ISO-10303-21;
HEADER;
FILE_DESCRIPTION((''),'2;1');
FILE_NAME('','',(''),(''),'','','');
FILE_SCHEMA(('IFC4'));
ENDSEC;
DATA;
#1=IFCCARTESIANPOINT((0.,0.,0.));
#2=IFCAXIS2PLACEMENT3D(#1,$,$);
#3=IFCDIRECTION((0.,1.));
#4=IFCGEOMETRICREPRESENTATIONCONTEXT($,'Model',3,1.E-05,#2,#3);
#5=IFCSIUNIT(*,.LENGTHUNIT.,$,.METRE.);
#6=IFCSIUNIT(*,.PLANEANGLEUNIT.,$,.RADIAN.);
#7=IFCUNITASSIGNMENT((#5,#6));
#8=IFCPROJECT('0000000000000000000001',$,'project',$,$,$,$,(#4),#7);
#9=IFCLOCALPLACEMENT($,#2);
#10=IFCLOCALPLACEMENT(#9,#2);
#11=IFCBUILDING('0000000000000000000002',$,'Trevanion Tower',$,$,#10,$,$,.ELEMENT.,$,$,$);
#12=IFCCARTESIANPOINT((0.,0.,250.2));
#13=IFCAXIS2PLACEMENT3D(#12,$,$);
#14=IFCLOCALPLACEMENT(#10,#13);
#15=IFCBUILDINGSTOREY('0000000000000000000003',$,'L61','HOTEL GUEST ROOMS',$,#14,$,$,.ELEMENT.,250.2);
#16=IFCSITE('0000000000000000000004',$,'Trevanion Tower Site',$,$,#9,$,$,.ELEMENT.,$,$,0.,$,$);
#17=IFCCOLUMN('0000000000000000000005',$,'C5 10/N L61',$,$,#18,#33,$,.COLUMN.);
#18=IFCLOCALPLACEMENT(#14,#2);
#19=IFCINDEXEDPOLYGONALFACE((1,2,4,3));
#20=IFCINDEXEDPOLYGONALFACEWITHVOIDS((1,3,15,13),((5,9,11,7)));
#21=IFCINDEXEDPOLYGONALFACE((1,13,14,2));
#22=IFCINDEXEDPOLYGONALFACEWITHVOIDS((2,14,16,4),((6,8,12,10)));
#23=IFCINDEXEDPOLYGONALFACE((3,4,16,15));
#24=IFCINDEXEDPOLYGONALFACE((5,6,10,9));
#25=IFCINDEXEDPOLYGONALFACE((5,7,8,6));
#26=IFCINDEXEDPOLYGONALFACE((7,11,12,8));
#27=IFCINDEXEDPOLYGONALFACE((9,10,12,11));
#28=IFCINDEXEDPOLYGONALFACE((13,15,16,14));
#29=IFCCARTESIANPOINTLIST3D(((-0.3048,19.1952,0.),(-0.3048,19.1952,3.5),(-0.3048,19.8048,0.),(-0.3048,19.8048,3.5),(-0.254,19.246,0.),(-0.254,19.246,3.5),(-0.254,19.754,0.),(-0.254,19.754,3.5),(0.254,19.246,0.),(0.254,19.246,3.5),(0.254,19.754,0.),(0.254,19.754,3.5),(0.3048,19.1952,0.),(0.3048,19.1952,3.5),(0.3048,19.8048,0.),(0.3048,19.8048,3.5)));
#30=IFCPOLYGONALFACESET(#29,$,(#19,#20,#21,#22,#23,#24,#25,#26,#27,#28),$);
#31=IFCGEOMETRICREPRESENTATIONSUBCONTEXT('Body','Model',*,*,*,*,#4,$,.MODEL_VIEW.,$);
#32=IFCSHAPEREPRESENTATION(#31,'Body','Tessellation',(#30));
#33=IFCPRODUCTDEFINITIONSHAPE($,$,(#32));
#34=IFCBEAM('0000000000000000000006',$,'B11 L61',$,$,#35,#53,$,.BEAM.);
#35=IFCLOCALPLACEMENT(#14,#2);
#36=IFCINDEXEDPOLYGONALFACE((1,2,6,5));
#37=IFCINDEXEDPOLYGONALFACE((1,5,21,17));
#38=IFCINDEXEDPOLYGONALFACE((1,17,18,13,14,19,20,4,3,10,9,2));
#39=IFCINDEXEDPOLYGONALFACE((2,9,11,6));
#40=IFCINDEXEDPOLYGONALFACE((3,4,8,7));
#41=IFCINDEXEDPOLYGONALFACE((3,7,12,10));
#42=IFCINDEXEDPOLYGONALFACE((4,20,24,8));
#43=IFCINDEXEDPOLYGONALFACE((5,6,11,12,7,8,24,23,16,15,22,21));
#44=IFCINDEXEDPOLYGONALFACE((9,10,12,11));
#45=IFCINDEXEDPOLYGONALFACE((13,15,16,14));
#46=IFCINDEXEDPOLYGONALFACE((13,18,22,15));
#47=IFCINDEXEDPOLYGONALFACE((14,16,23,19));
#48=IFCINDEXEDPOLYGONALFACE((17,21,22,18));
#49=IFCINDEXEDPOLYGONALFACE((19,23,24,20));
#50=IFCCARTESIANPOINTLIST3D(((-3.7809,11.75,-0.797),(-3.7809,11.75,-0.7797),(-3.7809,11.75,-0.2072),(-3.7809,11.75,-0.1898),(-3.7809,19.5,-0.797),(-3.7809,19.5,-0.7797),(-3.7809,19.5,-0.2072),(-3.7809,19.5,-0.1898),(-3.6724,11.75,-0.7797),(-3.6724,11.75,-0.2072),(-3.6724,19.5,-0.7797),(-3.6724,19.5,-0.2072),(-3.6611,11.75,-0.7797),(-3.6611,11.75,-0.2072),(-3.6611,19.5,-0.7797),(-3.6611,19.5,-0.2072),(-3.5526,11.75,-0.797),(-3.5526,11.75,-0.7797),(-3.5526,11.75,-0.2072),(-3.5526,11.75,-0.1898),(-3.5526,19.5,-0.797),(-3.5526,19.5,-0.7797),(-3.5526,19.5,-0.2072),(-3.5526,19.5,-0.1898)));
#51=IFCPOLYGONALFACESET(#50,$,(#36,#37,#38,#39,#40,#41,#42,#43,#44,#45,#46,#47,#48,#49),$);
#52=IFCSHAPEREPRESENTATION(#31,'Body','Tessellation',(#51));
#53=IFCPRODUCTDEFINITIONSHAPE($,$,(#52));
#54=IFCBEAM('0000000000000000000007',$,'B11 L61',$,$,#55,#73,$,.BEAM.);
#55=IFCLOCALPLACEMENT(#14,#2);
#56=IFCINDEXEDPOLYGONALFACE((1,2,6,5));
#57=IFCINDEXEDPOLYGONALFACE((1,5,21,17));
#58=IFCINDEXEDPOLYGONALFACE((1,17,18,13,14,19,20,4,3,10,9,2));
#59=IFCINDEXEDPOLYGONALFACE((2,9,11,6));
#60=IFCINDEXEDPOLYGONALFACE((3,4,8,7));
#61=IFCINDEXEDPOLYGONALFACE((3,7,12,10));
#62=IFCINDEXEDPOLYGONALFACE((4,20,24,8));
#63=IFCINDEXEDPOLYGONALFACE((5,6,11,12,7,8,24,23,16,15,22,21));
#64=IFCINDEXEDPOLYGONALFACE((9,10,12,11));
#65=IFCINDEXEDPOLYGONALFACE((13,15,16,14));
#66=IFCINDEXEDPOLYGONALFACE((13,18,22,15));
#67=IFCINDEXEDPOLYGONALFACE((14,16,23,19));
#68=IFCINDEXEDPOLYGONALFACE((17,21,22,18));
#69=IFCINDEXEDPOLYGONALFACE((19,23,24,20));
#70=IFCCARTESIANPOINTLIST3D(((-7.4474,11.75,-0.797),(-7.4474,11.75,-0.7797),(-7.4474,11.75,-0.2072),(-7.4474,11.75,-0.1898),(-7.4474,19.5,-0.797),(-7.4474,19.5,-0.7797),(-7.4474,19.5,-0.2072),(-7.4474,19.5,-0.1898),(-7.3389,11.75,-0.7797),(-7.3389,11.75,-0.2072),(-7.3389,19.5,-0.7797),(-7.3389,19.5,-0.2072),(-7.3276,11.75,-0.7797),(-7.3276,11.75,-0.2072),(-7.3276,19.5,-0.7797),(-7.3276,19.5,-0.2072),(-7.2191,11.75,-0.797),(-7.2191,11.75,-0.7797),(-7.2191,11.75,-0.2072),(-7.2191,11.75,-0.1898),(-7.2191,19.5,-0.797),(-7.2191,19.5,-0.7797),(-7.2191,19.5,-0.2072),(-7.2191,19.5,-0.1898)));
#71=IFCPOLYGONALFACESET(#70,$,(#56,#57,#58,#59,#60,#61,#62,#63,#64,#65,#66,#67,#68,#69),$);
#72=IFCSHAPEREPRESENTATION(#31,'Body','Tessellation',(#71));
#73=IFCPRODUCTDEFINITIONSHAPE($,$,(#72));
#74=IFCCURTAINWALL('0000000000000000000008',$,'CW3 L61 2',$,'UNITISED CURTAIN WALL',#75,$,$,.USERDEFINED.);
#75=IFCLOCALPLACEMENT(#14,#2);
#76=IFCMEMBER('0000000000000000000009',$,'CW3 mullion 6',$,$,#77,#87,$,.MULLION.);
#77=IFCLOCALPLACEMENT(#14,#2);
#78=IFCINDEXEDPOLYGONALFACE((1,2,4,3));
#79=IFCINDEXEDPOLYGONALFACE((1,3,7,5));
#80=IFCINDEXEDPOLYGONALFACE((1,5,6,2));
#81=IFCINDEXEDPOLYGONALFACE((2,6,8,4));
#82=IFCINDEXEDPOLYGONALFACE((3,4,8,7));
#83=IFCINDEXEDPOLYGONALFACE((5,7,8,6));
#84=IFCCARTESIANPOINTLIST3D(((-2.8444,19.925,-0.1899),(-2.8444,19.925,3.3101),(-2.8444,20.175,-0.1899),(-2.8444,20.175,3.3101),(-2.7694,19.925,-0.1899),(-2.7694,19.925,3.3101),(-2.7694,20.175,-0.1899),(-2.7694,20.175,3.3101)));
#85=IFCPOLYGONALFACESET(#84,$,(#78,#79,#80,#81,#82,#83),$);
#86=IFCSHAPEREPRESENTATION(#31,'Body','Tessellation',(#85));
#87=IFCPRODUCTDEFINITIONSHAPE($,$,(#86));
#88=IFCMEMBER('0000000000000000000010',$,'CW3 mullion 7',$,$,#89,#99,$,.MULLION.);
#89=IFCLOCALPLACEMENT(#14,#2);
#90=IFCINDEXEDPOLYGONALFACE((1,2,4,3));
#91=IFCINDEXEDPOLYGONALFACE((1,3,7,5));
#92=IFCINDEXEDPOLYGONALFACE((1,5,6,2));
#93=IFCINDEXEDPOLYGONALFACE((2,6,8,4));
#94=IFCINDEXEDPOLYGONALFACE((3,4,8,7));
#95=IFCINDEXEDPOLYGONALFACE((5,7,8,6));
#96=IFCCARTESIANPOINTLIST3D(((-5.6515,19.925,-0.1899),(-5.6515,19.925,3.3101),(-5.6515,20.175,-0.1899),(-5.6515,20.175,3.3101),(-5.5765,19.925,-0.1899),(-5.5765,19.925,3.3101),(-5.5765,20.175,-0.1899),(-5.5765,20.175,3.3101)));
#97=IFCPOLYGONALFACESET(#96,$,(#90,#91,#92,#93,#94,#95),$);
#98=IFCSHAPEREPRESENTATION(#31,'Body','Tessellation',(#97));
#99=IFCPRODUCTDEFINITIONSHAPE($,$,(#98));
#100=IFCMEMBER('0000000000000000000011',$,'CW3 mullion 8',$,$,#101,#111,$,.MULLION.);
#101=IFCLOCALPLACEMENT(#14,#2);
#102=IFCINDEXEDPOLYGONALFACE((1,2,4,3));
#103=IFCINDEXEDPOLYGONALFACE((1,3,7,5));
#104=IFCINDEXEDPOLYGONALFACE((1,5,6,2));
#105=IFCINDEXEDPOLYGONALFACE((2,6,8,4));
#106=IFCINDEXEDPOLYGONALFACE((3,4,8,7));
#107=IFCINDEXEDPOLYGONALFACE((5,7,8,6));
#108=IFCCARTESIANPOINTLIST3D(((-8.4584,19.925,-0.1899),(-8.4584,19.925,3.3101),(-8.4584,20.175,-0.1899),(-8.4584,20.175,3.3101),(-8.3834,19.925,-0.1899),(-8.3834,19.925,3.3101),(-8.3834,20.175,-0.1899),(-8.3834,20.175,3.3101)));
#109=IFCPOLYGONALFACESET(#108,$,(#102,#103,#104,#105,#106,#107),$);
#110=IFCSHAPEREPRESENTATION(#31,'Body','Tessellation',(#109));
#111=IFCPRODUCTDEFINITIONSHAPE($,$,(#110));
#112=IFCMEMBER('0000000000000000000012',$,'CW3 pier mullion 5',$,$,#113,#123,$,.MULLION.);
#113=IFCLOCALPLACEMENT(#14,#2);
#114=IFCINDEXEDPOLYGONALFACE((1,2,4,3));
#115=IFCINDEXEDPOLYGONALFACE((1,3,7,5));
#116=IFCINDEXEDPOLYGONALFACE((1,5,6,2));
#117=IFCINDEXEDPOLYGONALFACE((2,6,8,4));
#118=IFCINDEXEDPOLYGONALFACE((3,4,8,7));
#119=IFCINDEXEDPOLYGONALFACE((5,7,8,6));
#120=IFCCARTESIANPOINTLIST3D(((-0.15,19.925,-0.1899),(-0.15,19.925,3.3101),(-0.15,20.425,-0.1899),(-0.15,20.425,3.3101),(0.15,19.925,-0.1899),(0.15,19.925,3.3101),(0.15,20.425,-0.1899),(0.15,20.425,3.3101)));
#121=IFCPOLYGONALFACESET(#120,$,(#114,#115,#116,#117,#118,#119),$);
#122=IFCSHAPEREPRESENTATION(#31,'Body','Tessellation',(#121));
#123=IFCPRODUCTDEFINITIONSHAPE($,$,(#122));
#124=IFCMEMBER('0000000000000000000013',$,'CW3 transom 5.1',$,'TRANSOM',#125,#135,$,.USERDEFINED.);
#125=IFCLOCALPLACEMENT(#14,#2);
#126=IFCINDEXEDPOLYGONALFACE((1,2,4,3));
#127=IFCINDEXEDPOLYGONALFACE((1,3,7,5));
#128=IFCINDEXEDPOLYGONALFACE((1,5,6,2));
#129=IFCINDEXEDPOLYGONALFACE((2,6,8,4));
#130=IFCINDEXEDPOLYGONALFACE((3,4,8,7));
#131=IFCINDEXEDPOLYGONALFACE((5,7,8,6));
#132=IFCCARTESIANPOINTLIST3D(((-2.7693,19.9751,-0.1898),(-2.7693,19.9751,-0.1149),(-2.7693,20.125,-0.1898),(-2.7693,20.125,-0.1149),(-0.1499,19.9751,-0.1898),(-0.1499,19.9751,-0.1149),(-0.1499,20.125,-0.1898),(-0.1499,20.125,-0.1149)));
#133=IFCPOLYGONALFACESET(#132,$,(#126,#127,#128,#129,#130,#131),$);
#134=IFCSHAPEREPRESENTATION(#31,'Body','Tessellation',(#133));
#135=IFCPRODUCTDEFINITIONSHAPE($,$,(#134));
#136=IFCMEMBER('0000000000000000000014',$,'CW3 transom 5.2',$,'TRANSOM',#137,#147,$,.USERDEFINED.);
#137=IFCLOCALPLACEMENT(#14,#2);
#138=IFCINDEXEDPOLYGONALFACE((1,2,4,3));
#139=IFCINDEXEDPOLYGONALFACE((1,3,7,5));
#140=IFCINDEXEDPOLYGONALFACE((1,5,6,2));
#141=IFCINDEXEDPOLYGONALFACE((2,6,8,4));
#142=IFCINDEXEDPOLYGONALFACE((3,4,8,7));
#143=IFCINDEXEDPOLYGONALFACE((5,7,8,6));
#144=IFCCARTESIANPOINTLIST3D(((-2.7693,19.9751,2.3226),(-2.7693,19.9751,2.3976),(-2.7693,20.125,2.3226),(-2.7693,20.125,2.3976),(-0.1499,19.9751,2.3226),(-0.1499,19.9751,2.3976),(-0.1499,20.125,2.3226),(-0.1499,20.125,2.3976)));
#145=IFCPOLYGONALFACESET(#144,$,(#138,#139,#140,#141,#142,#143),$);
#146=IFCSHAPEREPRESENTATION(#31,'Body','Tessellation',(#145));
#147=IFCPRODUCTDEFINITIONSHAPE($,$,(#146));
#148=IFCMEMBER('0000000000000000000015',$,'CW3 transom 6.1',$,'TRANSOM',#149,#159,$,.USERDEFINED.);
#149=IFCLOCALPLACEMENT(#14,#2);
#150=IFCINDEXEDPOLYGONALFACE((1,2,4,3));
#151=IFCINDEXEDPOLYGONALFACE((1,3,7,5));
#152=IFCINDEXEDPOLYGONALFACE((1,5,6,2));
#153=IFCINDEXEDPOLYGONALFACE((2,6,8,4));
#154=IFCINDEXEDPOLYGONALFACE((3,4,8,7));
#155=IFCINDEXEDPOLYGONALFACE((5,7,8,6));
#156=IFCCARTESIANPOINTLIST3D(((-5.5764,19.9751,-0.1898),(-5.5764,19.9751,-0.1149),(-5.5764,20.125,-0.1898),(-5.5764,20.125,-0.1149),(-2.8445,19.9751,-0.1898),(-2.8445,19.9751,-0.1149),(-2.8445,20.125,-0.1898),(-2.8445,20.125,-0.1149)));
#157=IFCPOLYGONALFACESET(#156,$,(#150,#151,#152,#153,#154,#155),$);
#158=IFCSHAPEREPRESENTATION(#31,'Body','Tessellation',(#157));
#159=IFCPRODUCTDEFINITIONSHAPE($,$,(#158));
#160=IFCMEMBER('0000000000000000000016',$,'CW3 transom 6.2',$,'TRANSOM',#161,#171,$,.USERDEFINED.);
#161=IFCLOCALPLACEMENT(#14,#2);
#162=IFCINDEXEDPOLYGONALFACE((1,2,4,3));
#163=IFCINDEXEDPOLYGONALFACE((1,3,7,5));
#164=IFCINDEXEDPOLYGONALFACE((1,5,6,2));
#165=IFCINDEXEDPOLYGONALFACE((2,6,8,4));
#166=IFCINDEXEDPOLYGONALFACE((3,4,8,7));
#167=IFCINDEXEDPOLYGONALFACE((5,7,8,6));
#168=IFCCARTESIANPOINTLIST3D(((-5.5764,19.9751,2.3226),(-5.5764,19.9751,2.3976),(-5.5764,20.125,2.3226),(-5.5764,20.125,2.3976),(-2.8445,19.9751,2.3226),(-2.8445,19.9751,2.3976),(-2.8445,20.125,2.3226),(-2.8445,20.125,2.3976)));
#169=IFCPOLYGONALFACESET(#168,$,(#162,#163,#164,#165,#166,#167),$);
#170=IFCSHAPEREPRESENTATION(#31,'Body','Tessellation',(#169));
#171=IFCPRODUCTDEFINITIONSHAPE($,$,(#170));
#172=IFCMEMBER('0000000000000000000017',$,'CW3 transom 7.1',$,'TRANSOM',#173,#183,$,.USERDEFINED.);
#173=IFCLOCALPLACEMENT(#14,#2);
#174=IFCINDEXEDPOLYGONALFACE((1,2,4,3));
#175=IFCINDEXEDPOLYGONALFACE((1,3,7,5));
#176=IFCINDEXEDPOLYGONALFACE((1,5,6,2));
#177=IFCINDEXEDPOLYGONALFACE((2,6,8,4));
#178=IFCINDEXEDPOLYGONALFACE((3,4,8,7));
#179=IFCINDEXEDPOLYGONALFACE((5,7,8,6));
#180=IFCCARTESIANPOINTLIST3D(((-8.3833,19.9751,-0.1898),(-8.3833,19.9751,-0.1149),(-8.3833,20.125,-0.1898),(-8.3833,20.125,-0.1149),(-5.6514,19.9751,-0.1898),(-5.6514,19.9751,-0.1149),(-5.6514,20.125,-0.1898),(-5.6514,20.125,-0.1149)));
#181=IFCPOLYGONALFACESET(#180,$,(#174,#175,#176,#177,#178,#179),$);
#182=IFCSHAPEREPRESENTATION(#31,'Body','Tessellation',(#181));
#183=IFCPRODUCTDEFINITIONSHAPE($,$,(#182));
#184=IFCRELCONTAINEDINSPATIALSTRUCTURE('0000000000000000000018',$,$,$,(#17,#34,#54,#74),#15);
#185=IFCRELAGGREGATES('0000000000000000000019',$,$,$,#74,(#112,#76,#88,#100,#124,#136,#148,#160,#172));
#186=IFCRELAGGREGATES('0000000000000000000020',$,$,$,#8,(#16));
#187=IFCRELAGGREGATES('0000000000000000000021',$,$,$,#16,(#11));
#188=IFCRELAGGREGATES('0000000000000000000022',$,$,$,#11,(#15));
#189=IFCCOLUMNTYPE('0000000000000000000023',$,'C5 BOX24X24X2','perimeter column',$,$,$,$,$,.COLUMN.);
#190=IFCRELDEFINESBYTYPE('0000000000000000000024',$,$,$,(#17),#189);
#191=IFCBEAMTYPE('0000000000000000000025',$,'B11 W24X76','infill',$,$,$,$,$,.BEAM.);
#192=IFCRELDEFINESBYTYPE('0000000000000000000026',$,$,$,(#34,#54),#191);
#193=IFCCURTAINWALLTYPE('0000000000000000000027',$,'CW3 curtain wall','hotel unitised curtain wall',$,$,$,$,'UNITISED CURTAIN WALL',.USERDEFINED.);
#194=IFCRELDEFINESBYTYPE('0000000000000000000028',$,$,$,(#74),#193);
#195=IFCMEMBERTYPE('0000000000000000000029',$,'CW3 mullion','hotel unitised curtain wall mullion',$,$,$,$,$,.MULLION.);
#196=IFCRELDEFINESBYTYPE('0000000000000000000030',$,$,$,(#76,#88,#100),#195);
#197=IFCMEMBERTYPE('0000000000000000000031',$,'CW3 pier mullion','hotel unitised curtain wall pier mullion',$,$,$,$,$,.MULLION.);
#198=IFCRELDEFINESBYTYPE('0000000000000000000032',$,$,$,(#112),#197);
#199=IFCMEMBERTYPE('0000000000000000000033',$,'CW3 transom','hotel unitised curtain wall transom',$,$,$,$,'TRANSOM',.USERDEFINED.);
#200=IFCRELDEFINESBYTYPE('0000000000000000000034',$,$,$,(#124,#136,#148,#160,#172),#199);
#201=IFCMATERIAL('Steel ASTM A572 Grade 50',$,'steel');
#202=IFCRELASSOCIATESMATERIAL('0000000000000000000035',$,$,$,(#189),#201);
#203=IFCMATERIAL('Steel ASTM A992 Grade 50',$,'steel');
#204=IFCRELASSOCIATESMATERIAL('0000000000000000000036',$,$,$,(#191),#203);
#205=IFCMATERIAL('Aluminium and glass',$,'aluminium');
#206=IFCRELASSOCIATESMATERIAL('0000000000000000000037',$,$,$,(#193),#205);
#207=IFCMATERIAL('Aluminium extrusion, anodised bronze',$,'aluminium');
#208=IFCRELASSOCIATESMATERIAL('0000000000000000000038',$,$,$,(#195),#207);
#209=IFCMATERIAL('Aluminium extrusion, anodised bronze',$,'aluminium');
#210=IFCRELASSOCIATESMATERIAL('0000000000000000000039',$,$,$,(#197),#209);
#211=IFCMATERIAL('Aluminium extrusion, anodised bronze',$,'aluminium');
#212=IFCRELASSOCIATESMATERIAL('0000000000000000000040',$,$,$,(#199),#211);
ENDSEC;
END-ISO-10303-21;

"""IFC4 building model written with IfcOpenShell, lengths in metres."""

from ifc_helpers import new_model, si_unit, direction, frame, origin, origin_2d, place, context, subcontext, project, spatial, rectangle, hollow_rectangle, i_section, extrude, material, material_profile, profile_set, type_object, element, aggregate, save


model = new_model("IFC4")

# Units and contexts
model_context = context("Model", 3, precision=1e-05, world=origin(), true_north=direction((0.0, 1.0)))
body_context = subcontext(model_context, "Body", "Model", "MODEL_VIEW")
ifc_project = project(units=[si_unit("LENGTHUNIT", "METRE"), si_unit("PLANEANGLEUNIT", "RADIAN")], contexts=[model_context])

# Site, building, storey
site_placement = place(None, origin())
site = spatial("IfcSite", under=ifc_project, at=site_placement, Name="Trevanion Tower Site", CompositionType="ELEMENT", RefElevation=0.0)
building_placement = place(site_placement, origin())
building = spatial("IfcBuilding", under=site, at=building_placement, Name="Trevanion Tower", CompositionType="ELEMENT")
storey_placement = place(building_placement, frame((0.0, 0.0, 250.2)))
storey = spatial("IfcBuildingStorey", under=building, at=storey_placement, Name="L61", Description="HOTEL GUEST ROOMS", CompositionType="ELEMENT", Elevation=250.2)

# Column
ifc_material_1 = material(Name="Steel ASTM A572 Grade 50", Category="steel")
ifc_material_profile_1 = material_profile(ifc_material_1, hollow_rectangle(XDim=0.6096, YDim=0.6096, WallThickness=0.0508, at=origin_2d()), Name="BOX24X24X2")
ifc_profile_set_1 = profile_set([ifc_material_profile_1], Name="Steel ASTM A572 Grade 50")
column_type = type_object("IfcColumnType", Name="C5 BOX24X24X2", Description="perimeter column", PredefinedType="COLUMN", material=ifc_profile_set_1)
column_placement = place(storey_placement, frame((0.0, 19.5, 0.0), z_axis=(0.0, 0.0, 1.0), x_axis=(1.0, 0.0, 0.0)))
element("IfcColumn", 1, at=column_placement, inside=storey, type_object=column_type, Name="C5 10/N L61", PredefinedType="COLUMN", context=body_context, shape_type="SweptSolid", body=[
    extrude(hollow_rectangle(XDim=0.6096, YDim=0.6096, WallThickness=0.0508, at=origin_2d()), origin(), (0.0, 0.0, 1.0), 3.5),
])

# Beams
ifc_material_2 = material(Name="Steel ASTM A992 Grade 50", Category="steel")
ifc_material_profile_2 = material_profile(ifc_material_2, i_section(OverallWidth=0.2283, OverallDepth=0.6072, WebThickness=0.0112, FlangeThickness=0.0173, at=origin_2d()), Name="W24X76")
ifc_profile_set_2 = profile_set([ifc_material_profile_2], Name="Steel ASTM A992 Grade 50")
beam_type_1 = type_object("IfcBeamType", Name="B11 W24X76", Description="infill", PredefinedType="BEAM", material=ifc_profile_set_2)
for number, where, z_axis, x_axis, name in (
    (2, (-3.6667, 11.75, -0.4934), (0.0, 1.0, 0.0), (-1.0, 0.0, 0.0), "B11 L61"),
    (3, (-7.3333, 11.75, -0.4934), (0.0, 1.0, 0.0), (-1.0, 0.0, 0.0), "B11 L61"),
):
    element("IfcBeam", number, at=place(storey_placement, frame(where, z_axis=z_axis, x_axis=x_axis)), inside=storey, type_object=beam_type_1, Name=name, PredefinedType="BEAM", context=body_context, shape_type="SweptSolid", body=[
        extrude(i_section(OverallWidth=0.2283, OverallDepth=0.6072, WebThickness=0.0112, FlangeThickness=0.0173, at=origin_2d()), origin(), (0.0, 0.0, 1.0), 7.75),
    ])

# Curtain wall, members
ifc_material_3 = material(Name="Aluminium and glass", Category="aluminium")
curtain_wall_type = type_object("IfcCurtainWallType", Name="CW3 curtain wall", Description="hotel unitised curtain wall", ElementType="UNITISED CURTAIN WALL", PredefinedType="USERDEFINED", material=ifc_material_3)
curtain_wall_placement = place(storey_placement, origin())
curtain_wall = element("IfcCurtainWall", 4, at=curtain_wall_placement, inside=storey, type_object=curtain_wall_type, Name="CW3 L61 2", ObjectType="UNITISED CURTAIN WALL", PredefinedType="USERDEFINED")
ifc_material_4 = material(Name="Aluminium extrusion, anodised bronze", Category="aluminium")
ifc_material_profile_3 = material_profile(ifc_material_4, rectangle(XDim=0.075, YDim=0.25, at=origin_2d()), Name="CW3 mullion")
ifc_profile_set_3 = profile_set([ifc_material_profile_3], Name="Aluminium extrusion, anodised bronze")
member_type_1 = type_object("IfcMemberType", Name="CW3 mullion", Description="hotel unitised curtain wall mullion", PredefinedType="MULLION", material=ifc_profile_set_3)
member_1_placement = place(storey_placement, frame((-2.8069, 20.05, -0.1899), z_axis=(0.0, 0.0, 1.0), x_axis=(-1.0, 0.0, 0.0)))
member_1 = element("IfcMember", 5, at=member_1_placement, type_object=member_type_1, Name="CW3 mullion 6", PredefinedType="MULLION", context=body_context, shape_type="SweptSolid", body=[
    extrude(rectangle(XDim=0.075, YDim=0.25, at=origin_2d()), origin(), (0.0, 0.0, 1.0), 3.5),
])
member_2_placement = place(storey_placement, frame((-5.614, 20.05, -0.1899), z_axis=(0.0, 0.0, 1.0), x_axis=(-1.0, 0.0, 0.0)))
member_2 = element("IfcMember", 6, at=member_2_placement, type_object=member_type_1, Name="CW3 mullion 7", PredefinedType="MULLION", context=body_context, shape_type="SweptSolid", body=[
    extrude(rectangle(XDim=0.075, YDim=0.25, at=origin_2d()), origin(), (0.0, 0.0, 1.0), 3.5),
])
member_3_placement = place(storey_placement, frame((-8.4209, 20.05, -0.1899), z_axis=(0.0, 0.0, 1.0), x_axis=(-1.0, 0.0, 0.0)))
member_3 = element("IfcMember", 7, at=member_3_placement, type_object=member_type_1, Name="CW3 mullion 8", PredefinedType="MULLION", context=body_context, shape_type="SweptSolid", body=[
    extrude(rectangle(XDim=0.075, YDim=0.25, at=origin_2d()), origin(), (0.0, 0.0, 1.0), 3.5),
])
ifc_material_5 = material(Name="Aluminium extrusion, anodised bronze", Category="aluminium")
ifc_material_profile_4 = material_profile(ifc_material_5, rectangle(XDim=0.3, YDim=0.5, at=origin_2d()), Name="CW3 pier mullion")
ifc_profile_set_4 = profile_set([ifc_material_profile_4], Name="Aluminium extrusion, anodised bronze")
member_type_2 = type_object("IfcMemberType", Name="CW3 pier mullion", Description="hotel unitised curtain wall pier mullion", PredefinedType="MULLION", material=ifc_profile_set_4)
member_4_placement = place(storey_placement, frame((0.0, 20.175, -0.1899), z_axis=(0.0, 0.0, 1.0), x_axis=(-1.0, 0.0, 0.0)))
member_4 = element("IfcMember", 8, at=member_4_placement, type_object=member_type_2, Name="CW3 pier mullion 5", PredefinedType="MULLION", context=body_context, shape_type="SweptSolid", body=[
    extrude(rectangle(XDim=0.3, YDim=0.5, at=origin_2d()), origin(), (0.0, 0.0, 1.0), 3.5),
])
ifc_material_6 = material(Name="Aluminium extrusion, anodised bronze", Category="aluminium")
ifc_material_profile_5 = material_profile(ifc_material_6, rectangle(XDim=0.1499, YDim=0.075, at=origin_2d()), Name="CW3 transom")
ifc_profile_set_5 = profile_set([ifc_material_profile_5], Name="Aluminium extrusion, anodised bronze")
member_type_3 = type_object("IfcMemberType", Name="CW3 transom", Description="hotel unitised curtain wall transom", ElementType="TRANSOM", PredefinedType="USERDEFINED", material=ifc_profile_set_5)
member_5_placement = place(storey_placement, frame((-0.1499, 20.05, -0.1523), z_axis=(-1.0, 0.0, 0.0), x_axis=(0.0, -1.0, 0.0)))
member_5 = element("IfcMember", 9, at=member_5_placement, type_object=member_type_3, Name="CW3 transom 5.1", ObjectType="TRANSOM", PredefinedType="USERDEFINED", context=body_context, shape_type="SweptSolid", body=[
    extrude(rectangle(XDim=0.1499, YDim=0.075, at=origin_2d()), origin(), (0.0, 0.0, 1.0), 2.6194),
])
member_6_placement = place(storey_placement, frame((-0.1499, 20.05, 2.3601), z_axis=(-1.0, 0.0, 0.0), x_axis=(0.0, -1.0, 0.0)))
member_6 = element("IfcMember", 10, at=member_6_placement, type_object=member_type_3, Name="CW3 transom 5.2", ObjectType="TRANSOM", PredefinedType="USERDEFINED", context=body_context, shape_type="SweptSolid", body=[
    extrude(rectangle(XDim=0.1499, YDim=0.075, at=origin_2d()), origin(), (0.0, 0.0, 1.0), 2.6194),
])
member_7_placement = place(storey_placement, frame((-2.8445, 20.05, -0.1523), z_axis=(-1.0, 0.0, 0.0), x_axis=(0.0, -1.0, 0.0)))
member_7 = element("IfcMember", 11, at=member_7_placement, type_object=member_type_3, Name="CW3 transom 6.1", ObjectType="TRANSOM", PredefinedType="USERDEFINED", context=body_context, shape_type="SweptSolid", body=[
    extrude(rectangle(XDim=0.1499, YDim=0.075, at=origin_2d()), origin(), (0.0, 0.0, 1.0), 2.7319),
])
member_8_placement = place(storey_placement, frame((-2.8445, 20.05, 2.3601), z_axis=(-1.0, 0.0, 0.0), x_axis=(0.0, -1.0, 0.0)))
member_8 = element("IfcMember", 12, at=member_8_placement, type_object=member_type_3, Name="CW3 transom 6.2", ObjectType="TRANSOM", PredefinedType="USERDEFINED", context=body_context, shape_type="SweptSolid", body=[
    extrude(rectangle(XDim=0.1499, YDim=0.075, at=origin_2d()), origin(), (0.0, 0.0, 1.0), 2.7319),
])
member_9_placement = place(storey_placement, frame((-5.6514, 20.05, -0.1523), z_axis=(-1.0, 0.0, 0.0), x_axis=(0.0, -1.0, 0.0)))
member_9 = element("IfcMember", 13, at=member_9_placement, type_object=member_type_3, Name="CW3 transom 7.1", ObjectType="TRANSOM", PredefinedType="USERDEFINED", context=body_context, shape_type="SweptSolid", body=[
    extrude(rectangle(XDim=0.1499, YDim=0.075, at=origin_2d()), origin(), (0.0, 0.0, 1.0), 2.7319),
])

aggregate(curtain_wall, [member_4, member_1, member_2, member_3, member_5, member_6, member_7, member_8, member_9])

save(model, "model.ifc")
